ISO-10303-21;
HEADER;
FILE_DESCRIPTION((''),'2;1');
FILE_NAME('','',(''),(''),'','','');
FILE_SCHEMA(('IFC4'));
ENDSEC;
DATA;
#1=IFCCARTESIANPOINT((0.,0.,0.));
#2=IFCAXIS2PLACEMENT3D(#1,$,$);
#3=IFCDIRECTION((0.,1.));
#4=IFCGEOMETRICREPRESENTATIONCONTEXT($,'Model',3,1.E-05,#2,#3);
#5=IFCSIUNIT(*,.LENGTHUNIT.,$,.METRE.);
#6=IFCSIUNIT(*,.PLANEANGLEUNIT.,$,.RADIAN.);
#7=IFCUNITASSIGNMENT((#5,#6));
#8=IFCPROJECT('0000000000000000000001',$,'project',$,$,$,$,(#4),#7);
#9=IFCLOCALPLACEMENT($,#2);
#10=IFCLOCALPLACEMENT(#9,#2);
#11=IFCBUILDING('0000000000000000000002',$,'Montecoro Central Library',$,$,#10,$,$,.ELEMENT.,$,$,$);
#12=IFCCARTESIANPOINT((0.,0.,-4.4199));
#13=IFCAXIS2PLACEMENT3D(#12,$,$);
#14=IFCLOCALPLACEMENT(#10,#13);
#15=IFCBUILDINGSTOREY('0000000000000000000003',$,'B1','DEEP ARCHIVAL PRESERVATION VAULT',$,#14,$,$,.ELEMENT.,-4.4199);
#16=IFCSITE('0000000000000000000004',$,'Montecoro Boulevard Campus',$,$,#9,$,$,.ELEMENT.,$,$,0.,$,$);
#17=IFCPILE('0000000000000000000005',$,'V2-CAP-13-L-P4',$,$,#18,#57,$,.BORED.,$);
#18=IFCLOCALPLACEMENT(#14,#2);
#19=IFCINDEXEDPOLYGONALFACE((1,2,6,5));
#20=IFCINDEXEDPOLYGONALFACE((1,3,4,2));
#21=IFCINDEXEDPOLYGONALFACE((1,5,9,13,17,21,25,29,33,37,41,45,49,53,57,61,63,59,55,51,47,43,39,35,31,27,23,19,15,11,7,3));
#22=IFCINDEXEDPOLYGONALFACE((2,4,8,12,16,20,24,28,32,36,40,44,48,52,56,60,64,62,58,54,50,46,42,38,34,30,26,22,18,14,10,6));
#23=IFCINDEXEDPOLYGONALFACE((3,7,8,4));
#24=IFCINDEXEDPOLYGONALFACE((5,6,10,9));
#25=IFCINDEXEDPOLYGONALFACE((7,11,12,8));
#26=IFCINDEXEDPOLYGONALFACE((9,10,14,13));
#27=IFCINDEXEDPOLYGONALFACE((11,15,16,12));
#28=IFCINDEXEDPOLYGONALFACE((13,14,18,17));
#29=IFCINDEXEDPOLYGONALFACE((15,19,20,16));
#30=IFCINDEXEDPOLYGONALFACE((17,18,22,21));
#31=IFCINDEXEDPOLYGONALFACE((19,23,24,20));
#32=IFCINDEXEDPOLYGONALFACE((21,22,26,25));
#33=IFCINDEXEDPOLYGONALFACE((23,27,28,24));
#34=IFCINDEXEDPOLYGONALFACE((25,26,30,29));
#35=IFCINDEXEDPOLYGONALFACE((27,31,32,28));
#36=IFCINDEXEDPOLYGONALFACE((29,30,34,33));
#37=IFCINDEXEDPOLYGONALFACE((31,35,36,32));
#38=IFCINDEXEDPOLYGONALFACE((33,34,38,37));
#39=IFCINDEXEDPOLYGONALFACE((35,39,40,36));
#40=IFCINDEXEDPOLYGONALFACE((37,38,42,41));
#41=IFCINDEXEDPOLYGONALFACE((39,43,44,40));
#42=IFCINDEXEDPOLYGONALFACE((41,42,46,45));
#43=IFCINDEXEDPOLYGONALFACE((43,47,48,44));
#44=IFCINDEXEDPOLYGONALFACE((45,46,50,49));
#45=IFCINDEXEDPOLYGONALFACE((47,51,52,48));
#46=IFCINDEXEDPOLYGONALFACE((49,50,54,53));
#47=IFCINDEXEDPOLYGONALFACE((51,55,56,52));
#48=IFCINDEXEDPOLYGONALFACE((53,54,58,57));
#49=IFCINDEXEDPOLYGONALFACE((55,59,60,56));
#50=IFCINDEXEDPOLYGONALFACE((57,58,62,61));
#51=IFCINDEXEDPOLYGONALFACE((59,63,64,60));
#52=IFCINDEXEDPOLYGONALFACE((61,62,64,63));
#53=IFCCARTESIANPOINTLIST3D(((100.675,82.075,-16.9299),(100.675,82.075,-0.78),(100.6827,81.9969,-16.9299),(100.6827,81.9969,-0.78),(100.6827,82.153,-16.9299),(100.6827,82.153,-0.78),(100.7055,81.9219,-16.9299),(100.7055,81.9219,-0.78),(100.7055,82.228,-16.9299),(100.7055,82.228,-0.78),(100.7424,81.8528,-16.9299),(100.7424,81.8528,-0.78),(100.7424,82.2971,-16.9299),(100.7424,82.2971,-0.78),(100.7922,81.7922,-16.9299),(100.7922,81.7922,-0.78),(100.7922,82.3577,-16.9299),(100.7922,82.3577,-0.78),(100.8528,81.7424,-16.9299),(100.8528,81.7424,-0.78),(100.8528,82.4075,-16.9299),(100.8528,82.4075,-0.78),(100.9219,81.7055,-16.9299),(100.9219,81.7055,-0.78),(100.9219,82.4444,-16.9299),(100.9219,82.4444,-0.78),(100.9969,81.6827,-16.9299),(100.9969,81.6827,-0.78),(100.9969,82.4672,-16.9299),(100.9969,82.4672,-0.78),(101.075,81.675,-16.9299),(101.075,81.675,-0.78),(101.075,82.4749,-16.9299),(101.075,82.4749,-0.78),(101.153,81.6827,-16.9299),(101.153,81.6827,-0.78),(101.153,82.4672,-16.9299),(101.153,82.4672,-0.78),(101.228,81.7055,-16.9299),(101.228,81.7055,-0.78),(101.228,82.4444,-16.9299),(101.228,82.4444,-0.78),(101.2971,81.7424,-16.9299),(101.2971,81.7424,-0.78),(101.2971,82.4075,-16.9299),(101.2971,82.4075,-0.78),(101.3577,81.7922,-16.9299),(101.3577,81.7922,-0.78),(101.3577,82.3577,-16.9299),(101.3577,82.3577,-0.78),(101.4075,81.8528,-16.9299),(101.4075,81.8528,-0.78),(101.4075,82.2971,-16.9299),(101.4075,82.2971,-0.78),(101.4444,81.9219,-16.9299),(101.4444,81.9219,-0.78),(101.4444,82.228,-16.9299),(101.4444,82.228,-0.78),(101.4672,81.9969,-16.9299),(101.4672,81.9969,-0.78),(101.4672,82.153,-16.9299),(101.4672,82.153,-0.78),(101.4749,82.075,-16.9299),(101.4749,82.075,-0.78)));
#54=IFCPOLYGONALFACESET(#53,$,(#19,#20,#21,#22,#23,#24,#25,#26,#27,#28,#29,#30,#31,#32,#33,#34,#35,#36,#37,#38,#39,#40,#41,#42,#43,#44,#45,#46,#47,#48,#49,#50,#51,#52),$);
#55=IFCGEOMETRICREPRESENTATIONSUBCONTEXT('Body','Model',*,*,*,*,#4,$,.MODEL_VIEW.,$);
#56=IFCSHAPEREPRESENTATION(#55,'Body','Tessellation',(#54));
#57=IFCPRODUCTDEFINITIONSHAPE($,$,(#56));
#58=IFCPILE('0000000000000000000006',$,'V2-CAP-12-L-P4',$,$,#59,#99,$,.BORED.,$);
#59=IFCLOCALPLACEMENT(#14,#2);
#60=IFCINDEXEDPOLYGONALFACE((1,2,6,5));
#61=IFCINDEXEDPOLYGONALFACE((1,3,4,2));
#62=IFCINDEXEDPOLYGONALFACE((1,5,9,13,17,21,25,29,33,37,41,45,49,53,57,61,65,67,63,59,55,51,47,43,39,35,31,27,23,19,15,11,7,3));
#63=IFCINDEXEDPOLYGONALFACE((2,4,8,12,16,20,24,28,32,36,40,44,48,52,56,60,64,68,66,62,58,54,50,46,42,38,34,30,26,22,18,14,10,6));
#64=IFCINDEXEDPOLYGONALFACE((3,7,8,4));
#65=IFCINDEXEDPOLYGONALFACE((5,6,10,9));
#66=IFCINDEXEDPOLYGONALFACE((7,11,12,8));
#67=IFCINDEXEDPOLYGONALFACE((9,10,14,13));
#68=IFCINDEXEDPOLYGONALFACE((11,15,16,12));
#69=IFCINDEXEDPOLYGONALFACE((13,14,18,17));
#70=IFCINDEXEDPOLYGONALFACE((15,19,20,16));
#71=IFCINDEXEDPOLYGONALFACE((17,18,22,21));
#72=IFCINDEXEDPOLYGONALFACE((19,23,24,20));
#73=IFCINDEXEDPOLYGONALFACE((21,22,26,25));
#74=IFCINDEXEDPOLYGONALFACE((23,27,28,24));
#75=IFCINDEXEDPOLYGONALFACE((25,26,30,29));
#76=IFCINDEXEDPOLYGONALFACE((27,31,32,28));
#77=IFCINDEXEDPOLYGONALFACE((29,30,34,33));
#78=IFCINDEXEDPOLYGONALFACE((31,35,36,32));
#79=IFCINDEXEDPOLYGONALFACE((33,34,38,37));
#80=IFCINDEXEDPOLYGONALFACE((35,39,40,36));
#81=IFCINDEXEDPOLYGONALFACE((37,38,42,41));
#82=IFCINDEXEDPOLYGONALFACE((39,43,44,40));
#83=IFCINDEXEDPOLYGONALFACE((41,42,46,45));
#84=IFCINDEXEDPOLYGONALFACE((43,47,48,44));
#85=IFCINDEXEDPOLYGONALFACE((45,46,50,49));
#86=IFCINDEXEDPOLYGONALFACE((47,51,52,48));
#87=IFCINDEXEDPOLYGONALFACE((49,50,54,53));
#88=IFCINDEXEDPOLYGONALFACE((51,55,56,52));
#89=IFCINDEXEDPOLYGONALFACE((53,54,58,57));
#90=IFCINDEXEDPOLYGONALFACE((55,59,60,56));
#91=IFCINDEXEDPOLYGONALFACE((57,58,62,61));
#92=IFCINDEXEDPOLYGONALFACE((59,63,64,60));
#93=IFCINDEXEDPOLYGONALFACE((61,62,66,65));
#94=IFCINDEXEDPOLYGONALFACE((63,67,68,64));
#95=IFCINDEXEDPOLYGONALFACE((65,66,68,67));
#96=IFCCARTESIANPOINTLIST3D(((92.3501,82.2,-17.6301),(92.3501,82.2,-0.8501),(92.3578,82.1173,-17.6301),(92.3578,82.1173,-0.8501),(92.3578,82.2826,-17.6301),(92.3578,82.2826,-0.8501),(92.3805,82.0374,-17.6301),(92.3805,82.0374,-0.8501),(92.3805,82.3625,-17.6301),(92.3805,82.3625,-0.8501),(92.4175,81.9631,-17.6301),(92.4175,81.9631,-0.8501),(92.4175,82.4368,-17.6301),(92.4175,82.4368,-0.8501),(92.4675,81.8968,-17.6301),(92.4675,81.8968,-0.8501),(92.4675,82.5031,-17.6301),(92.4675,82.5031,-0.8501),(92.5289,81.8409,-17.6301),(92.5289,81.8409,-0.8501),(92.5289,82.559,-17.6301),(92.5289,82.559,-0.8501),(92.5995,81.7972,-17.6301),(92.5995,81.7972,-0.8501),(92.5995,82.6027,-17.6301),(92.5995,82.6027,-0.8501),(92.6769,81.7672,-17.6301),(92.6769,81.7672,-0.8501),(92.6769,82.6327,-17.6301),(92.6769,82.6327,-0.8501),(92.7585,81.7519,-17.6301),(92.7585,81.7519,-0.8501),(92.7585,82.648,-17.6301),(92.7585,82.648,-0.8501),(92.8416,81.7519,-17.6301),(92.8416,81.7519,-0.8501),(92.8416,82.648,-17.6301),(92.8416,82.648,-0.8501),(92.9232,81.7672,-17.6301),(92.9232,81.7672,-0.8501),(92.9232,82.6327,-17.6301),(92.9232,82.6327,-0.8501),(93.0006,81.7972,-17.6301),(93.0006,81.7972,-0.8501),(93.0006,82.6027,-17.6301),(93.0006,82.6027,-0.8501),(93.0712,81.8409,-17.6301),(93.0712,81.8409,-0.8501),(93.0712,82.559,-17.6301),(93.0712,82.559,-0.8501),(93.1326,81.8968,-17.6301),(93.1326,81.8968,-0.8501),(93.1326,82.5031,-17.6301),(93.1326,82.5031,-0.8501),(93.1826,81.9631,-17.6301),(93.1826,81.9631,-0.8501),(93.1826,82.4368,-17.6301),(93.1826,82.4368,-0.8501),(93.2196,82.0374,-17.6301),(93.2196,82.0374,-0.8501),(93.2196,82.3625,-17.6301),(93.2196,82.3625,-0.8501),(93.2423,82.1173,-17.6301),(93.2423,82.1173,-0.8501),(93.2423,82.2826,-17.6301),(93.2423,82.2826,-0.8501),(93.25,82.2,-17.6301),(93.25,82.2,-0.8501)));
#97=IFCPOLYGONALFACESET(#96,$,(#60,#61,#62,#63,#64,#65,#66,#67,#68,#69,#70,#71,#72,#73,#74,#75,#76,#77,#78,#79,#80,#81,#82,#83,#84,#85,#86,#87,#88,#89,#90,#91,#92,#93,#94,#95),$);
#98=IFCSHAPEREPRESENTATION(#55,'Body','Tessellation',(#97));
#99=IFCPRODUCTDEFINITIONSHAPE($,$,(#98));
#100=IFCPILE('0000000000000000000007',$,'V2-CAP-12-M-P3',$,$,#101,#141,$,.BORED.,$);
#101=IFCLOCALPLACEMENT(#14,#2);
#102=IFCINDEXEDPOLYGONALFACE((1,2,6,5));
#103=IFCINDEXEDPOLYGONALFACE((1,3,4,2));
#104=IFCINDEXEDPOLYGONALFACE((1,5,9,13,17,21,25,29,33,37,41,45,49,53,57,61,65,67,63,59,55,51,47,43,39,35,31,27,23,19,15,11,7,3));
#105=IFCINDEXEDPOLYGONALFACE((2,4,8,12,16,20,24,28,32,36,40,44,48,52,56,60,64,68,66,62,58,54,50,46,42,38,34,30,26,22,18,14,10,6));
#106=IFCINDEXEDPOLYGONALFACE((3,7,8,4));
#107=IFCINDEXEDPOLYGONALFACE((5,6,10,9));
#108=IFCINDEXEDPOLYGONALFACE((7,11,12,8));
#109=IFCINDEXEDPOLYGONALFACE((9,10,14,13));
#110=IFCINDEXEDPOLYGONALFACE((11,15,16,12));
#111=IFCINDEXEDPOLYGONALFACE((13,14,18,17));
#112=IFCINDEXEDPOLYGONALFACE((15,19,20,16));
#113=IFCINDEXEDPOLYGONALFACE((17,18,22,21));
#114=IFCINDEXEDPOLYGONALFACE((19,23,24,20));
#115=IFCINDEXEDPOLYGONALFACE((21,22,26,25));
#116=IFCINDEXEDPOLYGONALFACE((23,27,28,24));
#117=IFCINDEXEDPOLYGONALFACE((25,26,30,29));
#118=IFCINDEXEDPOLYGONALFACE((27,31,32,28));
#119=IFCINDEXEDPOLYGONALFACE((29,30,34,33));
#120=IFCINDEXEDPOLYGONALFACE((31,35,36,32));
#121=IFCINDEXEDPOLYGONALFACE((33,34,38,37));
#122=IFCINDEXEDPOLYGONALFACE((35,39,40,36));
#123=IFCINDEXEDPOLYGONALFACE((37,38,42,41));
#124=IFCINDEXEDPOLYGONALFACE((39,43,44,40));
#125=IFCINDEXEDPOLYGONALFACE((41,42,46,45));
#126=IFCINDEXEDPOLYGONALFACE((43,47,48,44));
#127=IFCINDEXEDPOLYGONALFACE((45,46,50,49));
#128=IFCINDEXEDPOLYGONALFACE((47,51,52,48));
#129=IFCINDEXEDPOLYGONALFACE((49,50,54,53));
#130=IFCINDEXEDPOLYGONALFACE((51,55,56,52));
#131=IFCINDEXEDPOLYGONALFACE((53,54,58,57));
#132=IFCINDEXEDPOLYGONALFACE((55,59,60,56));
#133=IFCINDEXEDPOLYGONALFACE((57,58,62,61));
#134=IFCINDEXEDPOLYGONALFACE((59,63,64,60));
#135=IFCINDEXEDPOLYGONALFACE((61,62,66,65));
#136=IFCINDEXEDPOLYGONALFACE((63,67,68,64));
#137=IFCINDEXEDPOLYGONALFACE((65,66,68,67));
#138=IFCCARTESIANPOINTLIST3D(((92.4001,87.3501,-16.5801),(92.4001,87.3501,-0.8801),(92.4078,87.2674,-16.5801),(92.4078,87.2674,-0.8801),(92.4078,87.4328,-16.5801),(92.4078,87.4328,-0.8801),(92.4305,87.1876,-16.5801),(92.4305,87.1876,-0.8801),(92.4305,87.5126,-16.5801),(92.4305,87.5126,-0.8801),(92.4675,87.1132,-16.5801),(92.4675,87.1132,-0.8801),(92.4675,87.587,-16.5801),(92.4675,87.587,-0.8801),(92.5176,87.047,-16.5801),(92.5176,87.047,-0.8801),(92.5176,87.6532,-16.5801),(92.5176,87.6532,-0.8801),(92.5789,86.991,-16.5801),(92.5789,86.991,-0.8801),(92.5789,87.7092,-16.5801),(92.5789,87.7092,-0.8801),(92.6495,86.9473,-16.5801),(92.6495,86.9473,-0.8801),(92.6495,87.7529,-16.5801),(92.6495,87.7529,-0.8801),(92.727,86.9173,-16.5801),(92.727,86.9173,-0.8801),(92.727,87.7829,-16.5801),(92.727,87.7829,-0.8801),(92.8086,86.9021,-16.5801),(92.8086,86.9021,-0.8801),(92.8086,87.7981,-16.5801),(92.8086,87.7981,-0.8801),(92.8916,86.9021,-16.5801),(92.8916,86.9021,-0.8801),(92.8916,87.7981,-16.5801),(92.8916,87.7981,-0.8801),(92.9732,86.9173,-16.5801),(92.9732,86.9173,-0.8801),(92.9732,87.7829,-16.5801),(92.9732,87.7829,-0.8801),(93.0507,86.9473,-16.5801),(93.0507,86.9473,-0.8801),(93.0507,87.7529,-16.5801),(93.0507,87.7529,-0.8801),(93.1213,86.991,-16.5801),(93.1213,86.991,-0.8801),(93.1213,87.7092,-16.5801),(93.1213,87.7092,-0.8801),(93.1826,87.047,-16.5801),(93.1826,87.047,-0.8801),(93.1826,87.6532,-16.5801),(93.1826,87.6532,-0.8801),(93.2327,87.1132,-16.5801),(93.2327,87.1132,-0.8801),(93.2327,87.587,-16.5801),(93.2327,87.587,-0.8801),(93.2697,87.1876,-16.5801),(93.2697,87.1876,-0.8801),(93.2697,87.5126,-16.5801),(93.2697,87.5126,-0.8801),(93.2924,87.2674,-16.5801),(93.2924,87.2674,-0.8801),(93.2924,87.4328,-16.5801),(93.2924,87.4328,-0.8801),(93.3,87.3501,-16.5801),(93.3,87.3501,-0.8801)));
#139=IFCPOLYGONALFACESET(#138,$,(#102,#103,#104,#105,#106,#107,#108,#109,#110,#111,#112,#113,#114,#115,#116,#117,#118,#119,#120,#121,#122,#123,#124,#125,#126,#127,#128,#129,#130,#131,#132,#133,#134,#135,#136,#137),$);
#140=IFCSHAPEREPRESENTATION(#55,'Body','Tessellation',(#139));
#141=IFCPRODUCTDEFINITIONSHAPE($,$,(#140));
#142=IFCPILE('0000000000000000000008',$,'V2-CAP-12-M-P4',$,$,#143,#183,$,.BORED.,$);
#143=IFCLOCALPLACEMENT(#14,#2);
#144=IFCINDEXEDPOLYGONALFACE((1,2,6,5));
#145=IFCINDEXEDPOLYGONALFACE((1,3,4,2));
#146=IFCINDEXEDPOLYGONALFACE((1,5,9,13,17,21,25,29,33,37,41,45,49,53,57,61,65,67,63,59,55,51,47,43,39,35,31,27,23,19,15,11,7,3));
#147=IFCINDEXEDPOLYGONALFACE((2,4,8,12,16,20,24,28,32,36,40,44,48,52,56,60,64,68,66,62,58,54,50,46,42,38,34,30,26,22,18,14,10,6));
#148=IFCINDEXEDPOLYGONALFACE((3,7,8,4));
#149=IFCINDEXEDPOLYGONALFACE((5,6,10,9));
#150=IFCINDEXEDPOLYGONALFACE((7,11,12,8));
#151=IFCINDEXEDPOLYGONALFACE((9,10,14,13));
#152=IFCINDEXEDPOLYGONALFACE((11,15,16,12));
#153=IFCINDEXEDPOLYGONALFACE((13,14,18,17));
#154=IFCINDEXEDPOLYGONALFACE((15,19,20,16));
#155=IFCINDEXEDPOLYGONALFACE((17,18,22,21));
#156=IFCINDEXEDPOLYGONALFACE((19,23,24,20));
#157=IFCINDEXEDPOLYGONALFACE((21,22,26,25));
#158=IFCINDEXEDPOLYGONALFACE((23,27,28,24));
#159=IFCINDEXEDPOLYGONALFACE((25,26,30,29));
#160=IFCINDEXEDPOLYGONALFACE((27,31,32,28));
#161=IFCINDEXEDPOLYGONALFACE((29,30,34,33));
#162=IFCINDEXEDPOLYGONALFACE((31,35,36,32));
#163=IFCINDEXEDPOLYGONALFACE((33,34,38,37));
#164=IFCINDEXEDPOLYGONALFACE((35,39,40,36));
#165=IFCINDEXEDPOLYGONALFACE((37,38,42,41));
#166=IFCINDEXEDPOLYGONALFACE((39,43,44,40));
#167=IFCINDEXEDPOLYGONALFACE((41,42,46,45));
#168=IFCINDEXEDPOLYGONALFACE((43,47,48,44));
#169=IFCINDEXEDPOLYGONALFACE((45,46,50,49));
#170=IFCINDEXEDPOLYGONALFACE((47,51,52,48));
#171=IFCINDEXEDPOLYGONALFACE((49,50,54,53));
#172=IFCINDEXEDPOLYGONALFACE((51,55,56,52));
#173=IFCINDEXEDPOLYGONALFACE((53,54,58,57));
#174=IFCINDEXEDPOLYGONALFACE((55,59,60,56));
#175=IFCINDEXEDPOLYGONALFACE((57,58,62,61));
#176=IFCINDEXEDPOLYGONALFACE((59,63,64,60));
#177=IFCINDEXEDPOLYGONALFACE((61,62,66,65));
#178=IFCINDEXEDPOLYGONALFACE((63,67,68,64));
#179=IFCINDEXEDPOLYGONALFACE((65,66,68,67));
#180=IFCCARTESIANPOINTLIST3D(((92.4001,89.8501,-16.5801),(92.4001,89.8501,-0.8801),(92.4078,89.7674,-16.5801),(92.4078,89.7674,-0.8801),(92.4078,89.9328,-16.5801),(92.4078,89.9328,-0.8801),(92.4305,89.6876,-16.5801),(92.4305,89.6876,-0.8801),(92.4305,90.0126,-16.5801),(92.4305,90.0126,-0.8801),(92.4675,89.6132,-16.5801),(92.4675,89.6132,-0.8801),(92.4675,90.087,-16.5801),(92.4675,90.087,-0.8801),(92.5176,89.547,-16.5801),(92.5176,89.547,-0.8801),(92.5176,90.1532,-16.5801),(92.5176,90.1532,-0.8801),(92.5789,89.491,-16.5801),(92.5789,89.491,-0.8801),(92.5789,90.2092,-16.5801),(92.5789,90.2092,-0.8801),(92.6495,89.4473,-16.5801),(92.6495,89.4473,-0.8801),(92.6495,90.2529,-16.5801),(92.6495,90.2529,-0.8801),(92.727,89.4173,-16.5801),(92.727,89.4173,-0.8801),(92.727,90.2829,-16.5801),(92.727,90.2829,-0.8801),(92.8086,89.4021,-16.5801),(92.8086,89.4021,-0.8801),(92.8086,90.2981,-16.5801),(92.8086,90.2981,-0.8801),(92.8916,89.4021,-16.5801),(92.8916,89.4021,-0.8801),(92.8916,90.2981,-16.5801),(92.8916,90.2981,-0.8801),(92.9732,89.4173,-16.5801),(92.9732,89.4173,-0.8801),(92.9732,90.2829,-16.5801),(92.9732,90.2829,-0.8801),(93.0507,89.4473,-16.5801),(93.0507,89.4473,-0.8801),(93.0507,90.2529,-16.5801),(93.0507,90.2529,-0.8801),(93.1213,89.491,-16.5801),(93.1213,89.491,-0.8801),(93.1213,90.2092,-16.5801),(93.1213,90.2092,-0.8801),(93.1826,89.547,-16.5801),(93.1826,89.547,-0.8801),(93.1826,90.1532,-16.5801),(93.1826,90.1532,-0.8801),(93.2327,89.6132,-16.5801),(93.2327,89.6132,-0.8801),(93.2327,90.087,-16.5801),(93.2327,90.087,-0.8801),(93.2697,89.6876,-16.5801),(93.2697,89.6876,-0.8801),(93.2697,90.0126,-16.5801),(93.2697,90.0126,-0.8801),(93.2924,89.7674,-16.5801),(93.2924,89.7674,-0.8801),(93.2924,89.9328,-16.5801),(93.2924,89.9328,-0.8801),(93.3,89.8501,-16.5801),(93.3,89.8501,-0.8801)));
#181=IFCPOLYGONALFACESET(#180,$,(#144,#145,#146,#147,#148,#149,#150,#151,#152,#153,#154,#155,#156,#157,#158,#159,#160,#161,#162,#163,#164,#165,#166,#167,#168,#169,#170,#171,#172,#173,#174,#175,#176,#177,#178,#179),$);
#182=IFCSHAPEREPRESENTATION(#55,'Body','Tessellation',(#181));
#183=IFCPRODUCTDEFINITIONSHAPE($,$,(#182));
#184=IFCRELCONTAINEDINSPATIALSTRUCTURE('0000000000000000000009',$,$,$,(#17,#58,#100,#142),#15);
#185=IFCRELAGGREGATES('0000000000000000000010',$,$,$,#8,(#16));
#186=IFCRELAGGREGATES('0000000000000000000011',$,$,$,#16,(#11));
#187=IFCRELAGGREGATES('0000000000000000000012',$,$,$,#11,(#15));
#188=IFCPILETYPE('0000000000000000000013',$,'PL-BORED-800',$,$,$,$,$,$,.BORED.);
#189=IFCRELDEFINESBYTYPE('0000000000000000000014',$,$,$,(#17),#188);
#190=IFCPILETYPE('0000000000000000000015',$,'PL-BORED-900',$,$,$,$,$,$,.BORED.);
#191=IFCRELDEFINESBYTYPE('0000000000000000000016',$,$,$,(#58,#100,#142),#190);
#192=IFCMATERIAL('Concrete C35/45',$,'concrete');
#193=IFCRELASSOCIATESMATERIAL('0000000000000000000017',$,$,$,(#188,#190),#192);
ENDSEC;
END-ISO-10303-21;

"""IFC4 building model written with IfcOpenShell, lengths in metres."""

from ifc_helpers import new_model, si_unit, direction, frame, origin, origin_2d, place, context, subcontext, project, spatial, circle, extrude, material, material_profile, profile_set, type_object, element, save


model = new_model("IFC4")

# Units and contexts
model_context = context("Model", 3, precision=1e-05, world=origin(), true_north=direction((0.0, 1.0)))
body_context = subcontext(model_context, "Body", "Model", "MODEL_VIEW")
ifc_project = project(units=[si_unit("LENGTHUNIT", "METRE"), si_unit("PLANEANGLEUNIT", "RADIAN")], contexts=[model_context])

# Site, building, storey
site_placement = place(None, origin())
site = spatial("IfcSite", under=ifc_project, at=site_placement, Name="Montecoro Boulevard Campus", CompositionType="ELEMENT", RefElevation=0.0)
building_placement = place(site_placement, origin())
building = spatial("IfcBuilding", under=site, at=building_placement, Name="Montecoro Central Library", CompositionType="ELEMENT")
storey_placement = place(building_placement, frame((0.0, 0.0, -4.4199)))
storey = spatial("IfcBuildingStorey", under=building, at=storey_placement, Name="B1", Description="DEEP ARCHIVAL PRESERVATION VAULT", CompositionType="ELEMENT", Elevation=-4.4199)

# Shared definitions
ifc_material_1 = material(Name="Concrete C35/45", Category="concrete")

# Piles
ifc_material_profile_1 = material_profile(ifc_material_1, circle(Radius=0.3999, at=origin_2d()), Name="PILE D800")
ifc_profile_set_1 = profile_set([ifc_material_profile_1], Name="Concrete C35/45")
pile_type_1 = type_object("IfcPileType", Name="PL-BORED-800", PredefinedType="BORED", material=ifc_profile_set_1)
for number, where, z_axis, x_axis, name in (
    (1, (101.075, 82.075, -0.78), (0.0, 0.0, -1.0), (1.0, 0.0, 0.0), "V2-CAP-13-L-P4"),
):
    element("IfcPile", number, at=place(storey_placement, frame(where, z_axis=z_axis, x_axis=x_axis)), inside=storey, type_object=pile_type_1, Name=name, PredefinedType="BORED", context=body_context, shape_type="SweptSolid", body=[
        extrude(circle(Radius=0.3999, at=origin_2d()), origin(), (0.0, 0.0, 1.0), 16.1499),
    ])
ifc_material_profile_2 = material_profile(ifc_material_1, circle(Radius=0.45, at=origin_2d()), Name="PILE D900")
ifc_profile_set_2 = profile_set([ifc_material_profile_2], Name="Concrete C35/45")
pile_type_2 = type_object("IfcPileType", Name="PL-BORED-900", PredefinedType="BORED", material=ifc_profile_set_2)
pile_1_placement = place(storey_placement, frame((92.8, 82.2, -0.8501), z_axis=(0.0, 0.0, -1.0), x_axis=(1.0, 0.0, 0.0)))
element("IfcPile", 2, at=pile_1_placement, inside=storey, type_object=pile_type_2, Name="V2-CAP-12-L-P4", PredefinedType="BORED", context=body_context, shape_type="SweptSolid", body=[
    extrude(circle(Radius=0.45, at=origin_2d()), origin(), (0.0, 0.0, 1.0), 16.78),
])
for number, where, z_axis, x_axis, name in (
    (3, (92.8501, 87.3501, -0.8801), (0.0, 0.0, -1.0), (1.0, 0.0, 0.0), "V2-CAP-12-M-P3"),
    (4, (92.8501, 89.8501, -0.8801), (0.0, 0.0, -1.0), (1.0, 0.0, 0.0), "V2-CAP-12-M-P4"),
):
    element("IfcPile", number, at=place(storey_placement, frame(where, z_axis=z_axis, x_axis=x_axis)), inside=storey, type_object=pile_type_2, Name=name, PredefinedType="BORED", context=body_context, shape_type="SweptSolid", body=[
        extrude(circle(Radius=0.45, at=origin_2d()), origin(), (0.0, 0.0, 1.0), 15.7),
    ])

save(model, "model.ifc")
